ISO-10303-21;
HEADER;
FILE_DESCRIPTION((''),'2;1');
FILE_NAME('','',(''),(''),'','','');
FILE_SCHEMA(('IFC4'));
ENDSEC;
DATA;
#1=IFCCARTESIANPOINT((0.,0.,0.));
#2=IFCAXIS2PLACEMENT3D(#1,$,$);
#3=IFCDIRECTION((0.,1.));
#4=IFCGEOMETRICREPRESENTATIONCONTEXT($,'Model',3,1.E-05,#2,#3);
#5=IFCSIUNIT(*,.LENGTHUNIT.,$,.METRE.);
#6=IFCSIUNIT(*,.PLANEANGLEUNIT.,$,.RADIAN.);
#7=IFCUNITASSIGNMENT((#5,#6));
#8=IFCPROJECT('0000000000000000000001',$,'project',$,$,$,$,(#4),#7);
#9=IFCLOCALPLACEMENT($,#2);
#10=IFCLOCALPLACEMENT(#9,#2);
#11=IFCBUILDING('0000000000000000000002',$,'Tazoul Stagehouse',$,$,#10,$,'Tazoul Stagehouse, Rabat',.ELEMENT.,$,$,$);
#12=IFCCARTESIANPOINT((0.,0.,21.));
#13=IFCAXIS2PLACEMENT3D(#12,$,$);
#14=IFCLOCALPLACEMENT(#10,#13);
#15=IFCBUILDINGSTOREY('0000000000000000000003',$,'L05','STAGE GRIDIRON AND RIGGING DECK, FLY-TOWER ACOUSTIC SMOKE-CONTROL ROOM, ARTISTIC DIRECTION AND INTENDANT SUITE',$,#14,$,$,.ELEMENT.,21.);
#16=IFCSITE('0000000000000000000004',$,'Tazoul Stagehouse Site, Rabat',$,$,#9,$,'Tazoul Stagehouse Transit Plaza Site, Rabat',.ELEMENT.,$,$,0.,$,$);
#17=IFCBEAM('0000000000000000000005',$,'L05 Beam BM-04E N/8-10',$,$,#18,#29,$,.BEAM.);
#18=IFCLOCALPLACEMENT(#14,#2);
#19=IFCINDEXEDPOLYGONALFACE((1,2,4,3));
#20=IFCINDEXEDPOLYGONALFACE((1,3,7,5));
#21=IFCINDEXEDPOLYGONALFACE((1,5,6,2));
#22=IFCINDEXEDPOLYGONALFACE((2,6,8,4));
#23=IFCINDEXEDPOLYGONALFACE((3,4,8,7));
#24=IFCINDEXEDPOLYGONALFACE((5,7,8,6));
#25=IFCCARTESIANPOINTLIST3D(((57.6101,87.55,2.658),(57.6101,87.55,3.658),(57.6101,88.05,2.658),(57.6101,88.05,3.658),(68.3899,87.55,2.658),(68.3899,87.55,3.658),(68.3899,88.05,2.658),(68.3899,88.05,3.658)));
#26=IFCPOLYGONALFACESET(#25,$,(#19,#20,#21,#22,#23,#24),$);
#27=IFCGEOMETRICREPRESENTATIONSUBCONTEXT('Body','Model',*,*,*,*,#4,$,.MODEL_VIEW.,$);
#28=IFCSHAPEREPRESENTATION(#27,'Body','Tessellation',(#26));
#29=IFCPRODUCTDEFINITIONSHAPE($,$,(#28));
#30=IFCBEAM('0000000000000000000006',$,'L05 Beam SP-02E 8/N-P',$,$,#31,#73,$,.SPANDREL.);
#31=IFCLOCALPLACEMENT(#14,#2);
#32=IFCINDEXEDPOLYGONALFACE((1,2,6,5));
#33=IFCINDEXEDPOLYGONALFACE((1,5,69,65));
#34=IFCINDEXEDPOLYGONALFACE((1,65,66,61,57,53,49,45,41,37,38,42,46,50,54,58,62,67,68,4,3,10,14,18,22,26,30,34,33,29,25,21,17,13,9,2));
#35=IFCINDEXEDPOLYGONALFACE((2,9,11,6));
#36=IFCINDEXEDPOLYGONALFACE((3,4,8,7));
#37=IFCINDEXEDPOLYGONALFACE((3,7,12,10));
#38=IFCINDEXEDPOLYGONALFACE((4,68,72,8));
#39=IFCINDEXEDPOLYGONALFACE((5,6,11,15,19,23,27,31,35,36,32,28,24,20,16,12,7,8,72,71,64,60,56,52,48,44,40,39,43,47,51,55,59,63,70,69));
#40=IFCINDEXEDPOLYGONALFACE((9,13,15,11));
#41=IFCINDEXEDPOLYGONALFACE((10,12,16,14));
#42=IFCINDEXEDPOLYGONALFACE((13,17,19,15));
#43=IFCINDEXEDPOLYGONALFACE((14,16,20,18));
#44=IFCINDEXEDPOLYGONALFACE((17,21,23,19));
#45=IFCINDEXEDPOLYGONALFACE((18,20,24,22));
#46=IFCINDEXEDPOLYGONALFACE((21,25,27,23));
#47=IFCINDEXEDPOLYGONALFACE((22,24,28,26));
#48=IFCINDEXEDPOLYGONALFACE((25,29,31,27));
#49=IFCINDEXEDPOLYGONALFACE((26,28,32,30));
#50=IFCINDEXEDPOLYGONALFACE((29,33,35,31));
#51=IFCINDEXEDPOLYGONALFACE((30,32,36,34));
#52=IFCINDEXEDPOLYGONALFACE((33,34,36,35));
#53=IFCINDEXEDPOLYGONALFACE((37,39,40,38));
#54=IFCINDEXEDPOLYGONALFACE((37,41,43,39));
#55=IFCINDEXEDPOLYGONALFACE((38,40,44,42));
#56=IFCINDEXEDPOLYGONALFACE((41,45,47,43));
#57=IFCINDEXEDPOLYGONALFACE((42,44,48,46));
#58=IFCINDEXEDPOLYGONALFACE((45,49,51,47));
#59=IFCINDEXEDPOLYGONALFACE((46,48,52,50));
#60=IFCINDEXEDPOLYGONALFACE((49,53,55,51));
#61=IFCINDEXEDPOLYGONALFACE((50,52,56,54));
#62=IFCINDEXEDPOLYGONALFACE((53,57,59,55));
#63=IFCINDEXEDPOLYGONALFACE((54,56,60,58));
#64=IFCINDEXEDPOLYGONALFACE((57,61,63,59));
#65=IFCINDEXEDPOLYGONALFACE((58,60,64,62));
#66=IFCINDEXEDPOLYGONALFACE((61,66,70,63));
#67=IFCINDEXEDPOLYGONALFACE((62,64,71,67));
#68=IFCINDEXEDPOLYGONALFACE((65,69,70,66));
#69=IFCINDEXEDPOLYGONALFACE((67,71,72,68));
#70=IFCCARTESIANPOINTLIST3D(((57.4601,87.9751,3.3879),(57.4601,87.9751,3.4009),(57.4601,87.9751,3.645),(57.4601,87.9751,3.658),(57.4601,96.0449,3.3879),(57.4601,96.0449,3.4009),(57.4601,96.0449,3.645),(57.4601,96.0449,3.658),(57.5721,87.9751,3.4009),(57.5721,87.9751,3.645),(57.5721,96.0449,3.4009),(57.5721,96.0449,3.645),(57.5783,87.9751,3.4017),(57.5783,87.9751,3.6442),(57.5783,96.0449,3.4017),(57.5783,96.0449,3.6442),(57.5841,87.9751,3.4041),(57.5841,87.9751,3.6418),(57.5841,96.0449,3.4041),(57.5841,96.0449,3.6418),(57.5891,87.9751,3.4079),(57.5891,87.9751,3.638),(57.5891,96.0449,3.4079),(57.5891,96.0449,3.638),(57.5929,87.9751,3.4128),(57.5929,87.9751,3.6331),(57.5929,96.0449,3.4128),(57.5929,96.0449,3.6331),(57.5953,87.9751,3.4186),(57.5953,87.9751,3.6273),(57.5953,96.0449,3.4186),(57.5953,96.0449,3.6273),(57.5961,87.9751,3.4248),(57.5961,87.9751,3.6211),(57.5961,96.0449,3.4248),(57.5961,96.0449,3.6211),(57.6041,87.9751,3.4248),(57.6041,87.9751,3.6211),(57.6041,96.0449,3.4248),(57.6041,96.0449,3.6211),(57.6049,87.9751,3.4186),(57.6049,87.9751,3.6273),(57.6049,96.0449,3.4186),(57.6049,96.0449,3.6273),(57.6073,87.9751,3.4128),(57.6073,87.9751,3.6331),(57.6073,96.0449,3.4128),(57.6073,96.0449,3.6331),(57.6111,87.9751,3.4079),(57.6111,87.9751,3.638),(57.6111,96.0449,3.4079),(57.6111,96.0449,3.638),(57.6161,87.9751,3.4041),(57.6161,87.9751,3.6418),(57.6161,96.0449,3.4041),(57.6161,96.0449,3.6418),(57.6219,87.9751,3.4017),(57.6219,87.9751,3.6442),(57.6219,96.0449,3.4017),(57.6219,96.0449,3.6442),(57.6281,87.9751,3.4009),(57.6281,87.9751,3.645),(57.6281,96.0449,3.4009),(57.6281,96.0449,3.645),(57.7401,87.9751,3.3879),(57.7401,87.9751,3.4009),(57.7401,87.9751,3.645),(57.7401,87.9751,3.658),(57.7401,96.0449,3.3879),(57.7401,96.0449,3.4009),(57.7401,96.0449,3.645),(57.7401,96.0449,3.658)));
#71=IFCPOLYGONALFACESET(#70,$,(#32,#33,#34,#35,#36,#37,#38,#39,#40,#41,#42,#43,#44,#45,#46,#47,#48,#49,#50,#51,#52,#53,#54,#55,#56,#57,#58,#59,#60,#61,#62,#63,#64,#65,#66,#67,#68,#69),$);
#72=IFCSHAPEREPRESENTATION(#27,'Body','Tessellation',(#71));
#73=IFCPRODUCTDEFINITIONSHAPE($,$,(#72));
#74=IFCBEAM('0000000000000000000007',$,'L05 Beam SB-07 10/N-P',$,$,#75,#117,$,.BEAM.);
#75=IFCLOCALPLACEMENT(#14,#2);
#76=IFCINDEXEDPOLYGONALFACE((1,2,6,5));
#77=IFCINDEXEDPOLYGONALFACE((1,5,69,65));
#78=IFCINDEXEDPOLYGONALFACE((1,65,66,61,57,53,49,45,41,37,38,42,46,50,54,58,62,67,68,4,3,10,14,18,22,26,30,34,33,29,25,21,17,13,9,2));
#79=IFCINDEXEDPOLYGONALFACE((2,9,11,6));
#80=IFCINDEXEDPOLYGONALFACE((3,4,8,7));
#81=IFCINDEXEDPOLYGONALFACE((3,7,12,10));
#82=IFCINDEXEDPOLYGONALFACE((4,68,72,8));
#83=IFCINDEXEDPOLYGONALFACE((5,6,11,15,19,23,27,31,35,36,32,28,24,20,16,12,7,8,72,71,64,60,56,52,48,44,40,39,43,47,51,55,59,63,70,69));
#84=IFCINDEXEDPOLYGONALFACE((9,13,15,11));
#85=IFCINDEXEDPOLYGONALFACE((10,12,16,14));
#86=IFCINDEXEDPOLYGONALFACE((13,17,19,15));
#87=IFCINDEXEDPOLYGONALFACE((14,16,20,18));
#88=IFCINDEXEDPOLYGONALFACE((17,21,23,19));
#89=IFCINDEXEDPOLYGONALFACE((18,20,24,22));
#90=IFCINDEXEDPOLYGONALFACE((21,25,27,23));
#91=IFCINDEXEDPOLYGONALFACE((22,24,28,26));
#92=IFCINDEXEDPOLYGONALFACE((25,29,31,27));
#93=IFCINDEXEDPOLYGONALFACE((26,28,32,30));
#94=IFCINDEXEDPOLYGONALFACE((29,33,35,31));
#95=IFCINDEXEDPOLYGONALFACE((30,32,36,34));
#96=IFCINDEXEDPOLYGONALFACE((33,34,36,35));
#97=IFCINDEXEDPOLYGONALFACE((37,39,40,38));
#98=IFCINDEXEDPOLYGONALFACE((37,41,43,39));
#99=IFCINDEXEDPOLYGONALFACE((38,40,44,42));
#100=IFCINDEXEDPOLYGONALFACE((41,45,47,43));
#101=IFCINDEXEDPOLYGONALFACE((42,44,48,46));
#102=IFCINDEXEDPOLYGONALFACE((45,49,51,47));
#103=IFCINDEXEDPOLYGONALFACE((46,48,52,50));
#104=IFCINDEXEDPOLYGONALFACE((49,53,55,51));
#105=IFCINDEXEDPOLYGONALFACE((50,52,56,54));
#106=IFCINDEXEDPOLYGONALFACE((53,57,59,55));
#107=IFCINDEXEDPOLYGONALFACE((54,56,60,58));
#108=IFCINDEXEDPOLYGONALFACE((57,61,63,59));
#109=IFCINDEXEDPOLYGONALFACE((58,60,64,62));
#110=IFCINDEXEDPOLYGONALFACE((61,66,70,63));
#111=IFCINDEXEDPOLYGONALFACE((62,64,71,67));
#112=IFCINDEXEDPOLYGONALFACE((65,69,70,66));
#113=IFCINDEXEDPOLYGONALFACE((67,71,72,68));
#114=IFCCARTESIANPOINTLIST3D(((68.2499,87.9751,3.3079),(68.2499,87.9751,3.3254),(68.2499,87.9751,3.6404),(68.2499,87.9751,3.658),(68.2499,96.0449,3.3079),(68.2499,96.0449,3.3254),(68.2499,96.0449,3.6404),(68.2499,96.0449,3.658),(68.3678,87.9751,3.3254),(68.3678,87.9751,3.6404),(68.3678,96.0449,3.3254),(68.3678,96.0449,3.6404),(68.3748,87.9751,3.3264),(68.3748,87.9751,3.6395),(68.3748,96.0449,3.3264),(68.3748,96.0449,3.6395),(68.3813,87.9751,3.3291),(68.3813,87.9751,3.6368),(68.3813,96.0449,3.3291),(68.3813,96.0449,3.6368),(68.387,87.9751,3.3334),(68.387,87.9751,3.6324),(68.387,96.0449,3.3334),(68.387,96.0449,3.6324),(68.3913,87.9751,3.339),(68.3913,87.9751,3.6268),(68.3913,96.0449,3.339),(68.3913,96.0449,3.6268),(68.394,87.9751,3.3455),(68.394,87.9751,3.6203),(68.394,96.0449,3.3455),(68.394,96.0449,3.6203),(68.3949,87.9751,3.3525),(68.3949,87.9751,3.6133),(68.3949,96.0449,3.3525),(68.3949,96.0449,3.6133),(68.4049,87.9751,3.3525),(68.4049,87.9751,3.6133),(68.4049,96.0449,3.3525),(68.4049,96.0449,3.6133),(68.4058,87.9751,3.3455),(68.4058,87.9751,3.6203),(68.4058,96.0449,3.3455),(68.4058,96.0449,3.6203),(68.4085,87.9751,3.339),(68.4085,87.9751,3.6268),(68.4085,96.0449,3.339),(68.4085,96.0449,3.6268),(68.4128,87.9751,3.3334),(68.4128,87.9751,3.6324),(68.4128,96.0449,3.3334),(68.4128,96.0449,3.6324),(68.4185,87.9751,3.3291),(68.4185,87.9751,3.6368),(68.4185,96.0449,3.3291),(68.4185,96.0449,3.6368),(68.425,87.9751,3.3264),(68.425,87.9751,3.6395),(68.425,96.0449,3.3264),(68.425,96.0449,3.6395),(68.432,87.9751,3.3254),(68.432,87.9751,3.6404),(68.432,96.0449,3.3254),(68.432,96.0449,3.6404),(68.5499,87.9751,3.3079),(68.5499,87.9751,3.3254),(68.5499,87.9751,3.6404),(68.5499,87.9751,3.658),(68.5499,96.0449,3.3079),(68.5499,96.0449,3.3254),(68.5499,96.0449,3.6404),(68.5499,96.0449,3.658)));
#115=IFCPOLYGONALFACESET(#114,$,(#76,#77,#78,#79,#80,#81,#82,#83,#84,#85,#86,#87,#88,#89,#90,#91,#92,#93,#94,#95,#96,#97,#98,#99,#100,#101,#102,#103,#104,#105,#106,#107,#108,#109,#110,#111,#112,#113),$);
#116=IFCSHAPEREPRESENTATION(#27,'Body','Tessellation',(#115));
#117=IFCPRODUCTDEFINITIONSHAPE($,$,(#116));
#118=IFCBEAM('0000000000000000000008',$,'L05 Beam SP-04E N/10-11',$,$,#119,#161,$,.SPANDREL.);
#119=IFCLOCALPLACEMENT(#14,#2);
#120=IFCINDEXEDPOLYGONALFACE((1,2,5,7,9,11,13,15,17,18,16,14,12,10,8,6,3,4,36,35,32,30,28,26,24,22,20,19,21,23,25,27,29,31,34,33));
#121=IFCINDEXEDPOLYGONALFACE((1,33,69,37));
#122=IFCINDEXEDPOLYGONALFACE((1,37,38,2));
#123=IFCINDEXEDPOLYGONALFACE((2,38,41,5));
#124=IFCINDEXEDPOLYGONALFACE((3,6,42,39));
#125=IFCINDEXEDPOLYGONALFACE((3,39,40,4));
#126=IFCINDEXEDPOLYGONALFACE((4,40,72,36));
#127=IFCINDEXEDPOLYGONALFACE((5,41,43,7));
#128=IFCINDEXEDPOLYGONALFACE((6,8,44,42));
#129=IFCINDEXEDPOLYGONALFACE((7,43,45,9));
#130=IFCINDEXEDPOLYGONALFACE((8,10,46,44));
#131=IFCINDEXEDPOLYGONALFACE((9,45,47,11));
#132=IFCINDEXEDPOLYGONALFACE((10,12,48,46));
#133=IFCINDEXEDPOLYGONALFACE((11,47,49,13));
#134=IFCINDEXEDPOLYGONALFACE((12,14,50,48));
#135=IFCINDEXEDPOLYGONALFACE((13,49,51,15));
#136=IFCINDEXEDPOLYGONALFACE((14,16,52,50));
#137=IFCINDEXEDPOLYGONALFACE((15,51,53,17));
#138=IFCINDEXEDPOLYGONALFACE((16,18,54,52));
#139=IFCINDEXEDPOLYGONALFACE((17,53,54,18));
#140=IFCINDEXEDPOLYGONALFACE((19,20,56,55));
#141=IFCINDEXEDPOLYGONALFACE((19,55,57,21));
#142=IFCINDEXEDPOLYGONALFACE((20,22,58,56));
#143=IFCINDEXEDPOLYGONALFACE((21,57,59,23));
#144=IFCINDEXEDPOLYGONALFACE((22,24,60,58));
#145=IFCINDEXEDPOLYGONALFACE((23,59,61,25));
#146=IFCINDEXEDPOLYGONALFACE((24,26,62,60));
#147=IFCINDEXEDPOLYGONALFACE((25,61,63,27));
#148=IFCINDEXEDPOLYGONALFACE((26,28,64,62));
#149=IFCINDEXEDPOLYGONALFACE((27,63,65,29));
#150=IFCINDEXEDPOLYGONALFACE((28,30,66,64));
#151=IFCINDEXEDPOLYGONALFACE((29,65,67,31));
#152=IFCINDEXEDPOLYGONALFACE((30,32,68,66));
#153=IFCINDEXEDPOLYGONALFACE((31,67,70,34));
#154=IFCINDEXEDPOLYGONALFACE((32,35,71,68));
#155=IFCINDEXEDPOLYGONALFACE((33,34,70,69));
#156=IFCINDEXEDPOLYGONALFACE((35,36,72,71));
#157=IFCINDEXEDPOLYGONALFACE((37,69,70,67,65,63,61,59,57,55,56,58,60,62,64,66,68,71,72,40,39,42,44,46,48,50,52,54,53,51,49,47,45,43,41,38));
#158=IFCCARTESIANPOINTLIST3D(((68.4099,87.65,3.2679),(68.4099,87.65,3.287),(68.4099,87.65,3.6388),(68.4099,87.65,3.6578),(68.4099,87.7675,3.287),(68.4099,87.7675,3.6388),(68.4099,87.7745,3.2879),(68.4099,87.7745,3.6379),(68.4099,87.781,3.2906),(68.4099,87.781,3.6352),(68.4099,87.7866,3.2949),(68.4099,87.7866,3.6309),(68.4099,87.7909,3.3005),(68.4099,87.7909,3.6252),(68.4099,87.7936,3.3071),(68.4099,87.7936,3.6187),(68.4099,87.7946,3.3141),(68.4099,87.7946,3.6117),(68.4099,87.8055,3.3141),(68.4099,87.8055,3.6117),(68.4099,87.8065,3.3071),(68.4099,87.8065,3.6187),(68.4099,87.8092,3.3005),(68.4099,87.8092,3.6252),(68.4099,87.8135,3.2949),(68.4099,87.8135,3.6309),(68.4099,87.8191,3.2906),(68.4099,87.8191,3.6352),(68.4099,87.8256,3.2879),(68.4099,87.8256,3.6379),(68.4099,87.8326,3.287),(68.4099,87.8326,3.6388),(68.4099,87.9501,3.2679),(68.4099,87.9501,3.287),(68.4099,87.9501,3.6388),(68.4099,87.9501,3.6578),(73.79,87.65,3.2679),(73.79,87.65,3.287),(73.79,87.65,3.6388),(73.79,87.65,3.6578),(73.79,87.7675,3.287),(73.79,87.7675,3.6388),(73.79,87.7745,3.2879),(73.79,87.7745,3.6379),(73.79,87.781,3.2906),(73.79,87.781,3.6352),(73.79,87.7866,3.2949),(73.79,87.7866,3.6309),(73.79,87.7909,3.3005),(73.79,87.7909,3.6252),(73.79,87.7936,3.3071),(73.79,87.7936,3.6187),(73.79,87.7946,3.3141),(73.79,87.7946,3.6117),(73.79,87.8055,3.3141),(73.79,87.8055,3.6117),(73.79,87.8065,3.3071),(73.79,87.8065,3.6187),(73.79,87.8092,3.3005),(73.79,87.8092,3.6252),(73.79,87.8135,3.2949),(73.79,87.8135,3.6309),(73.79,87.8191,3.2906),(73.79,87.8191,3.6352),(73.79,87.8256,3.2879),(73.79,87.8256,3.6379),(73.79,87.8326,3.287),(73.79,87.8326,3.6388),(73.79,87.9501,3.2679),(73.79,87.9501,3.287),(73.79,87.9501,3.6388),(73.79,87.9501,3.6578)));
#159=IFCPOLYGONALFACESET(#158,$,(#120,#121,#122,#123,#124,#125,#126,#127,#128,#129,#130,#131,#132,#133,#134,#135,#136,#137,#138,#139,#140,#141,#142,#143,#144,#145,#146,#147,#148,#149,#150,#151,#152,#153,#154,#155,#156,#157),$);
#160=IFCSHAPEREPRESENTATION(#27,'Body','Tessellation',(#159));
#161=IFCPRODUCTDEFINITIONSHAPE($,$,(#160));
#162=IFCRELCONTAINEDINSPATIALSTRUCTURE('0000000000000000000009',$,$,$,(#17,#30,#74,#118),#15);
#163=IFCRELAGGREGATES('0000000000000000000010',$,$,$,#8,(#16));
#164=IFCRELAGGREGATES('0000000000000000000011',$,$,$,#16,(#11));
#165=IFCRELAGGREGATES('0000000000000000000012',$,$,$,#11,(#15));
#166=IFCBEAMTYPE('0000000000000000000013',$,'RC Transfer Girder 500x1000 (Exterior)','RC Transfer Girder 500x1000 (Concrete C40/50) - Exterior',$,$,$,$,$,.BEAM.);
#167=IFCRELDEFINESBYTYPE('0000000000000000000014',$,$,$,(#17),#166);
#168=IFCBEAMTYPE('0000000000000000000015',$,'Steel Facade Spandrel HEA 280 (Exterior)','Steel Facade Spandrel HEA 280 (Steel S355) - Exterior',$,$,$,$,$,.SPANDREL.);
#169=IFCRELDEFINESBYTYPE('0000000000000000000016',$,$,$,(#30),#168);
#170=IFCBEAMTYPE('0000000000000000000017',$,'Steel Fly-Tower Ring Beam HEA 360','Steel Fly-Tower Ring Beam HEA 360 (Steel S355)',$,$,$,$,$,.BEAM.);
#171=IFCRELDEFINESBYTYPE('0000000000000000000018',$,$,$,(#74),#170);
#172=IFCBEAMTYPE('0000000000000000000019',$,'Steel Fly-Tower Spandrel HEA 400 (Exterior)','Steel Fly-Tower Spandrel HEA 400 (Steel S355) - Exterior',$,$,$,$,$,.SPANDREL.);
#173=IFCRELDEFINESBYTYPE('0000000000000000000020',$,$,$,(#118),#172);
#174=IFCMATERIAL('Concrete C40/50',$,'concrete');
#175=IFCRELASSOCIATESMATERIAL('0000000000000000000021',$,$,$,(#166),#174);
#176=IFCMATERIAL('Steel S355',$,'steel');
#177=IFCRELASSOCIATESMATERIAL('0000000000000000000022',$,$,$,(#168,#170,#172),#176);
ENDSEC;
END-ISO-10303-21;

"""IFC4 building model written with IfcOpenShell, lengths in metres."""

from ifc_helpers import new_model, si_unit, direction, frame, origin, origin_2d, place, context, subcontext, project, spatial, rectangle, i_section, extrude, material, material_profile, profile_set, type_object, element, save


model = new_model("IFC4")

# Units and contexts
model_context = context("Model", 3, precision=1e-05, world=origin(), true_north=direction((0.0, 1.0)))
body_context = subcontext(model_context, "Body", "Model", "MODEL_VIEW")
ifc_project = project(units=[si_unit("LENGTHUNIT", "METRE"), si_unit("PLANEANGLEUNIT", "RADIAN")], contexts=[model_context])

# Site, building, storey
site_placement = place(None, origin())
site = spatial("IfcSite", under=ifc_project, at=site_placement, Name="Tazoul Stagehouse Site, Rabat", LongName="Tazoul Stagehouse Transit Plaza Site, Rabat", CompositionType="ELEMENT", RefElevation=0.0)
building_placement = place(site_placement, origin())
building = spatial("IfcBuilding", under=site, at=building_placement, Name="Tazoul Stagehouse", LongName="Tazoul Stagehouse, Rabat", CompositionType="ELEMENT")
storey_placement = place(building_placement, frame((0.0, 0.0, 21.0)))
storey = spatial("IfcBuildingStorey", under=building, at=storey_placement, Name="L05", Description="STAGE GRIDIRON AND RIGGING DECK, FLY-TOWER ACOUSTIC SMOKE-CONTROL ROOM, ARTISTIC DIRECTION AND INTENDANT SUITE", CompositionType="ELEMENT", Elevation=21.0)

# Shared definitions
ifc_material_1 = material(Name="Steel S355", Category="steel")

# Beams
ifc_material_2 = material(Name="Concrete C40/50", Category="concrete")
ifc_material_profile_1 = material_profile(ifc_material_2, rectangle(XDim=0.5, YDim=1.0, at=origin_2d()), Name="RC 500x1000")
ifc_profile_set_1 = profile_set([ifc_material_profile_1], Name="Concrete C40/50")
beam_type_1 = type_object("IfcBeamType", Name="RC Transfer Girder 500x1000 (Exterior)", Description="RC Transfer Girder 500x1000 (Concrete C40/50) - Exterior", PredefinedType="BEAM", material=ifc_profile_set_1)
beam_1_placement = place(storey_placement, frame((57.6101, 87.8, 3.158), z_axis=(1.0, 0.0, 0.0), x_axis=(0.0, 1.0, 0.0)))
element("IfcBeam", 1, at=beam_1_placement, inside=storey, type_object=beam_type_1, Name="L05 Beam BM-04E N/8-10", PredefinedType="BEAM", context=body_context, shape_type="SweptSolid", body=[
    extrude(rectangle(XDim=0.5, YDim=1.0, at=origin_2d()), origin(), (0.0, 0.0, 1.0), 10.7798),
])
ifc_material_profile_2 = material_profile(ifc_material_1, i_section(OverallWidth=0.28, OverallDepth=0.27, WebThickness=0.0081, FlangeThickness=0.0129, FilletRadius=0.0239, at=origin_2d()), Name="HEA 280")
ifc_profile_set_2 = profile_set([ifc_material_profile_2], Name="Steel S355")
beam_type_2 = type_object("IfcBeamType", Name="Steel Facade Spandrel HEA 280 (Exterior)", Description="Steel Facade Spandrel HEA 280 (Steel S355) - Exterior", PredefinedType="SPANDREL", material=ifc_profile_set_2)
beam_2_placement = place(storey_placement, frame((57.6001, 87.9751, 3.5229), z_axis=(0.0, 1.0, 0.0), x_axis=(-1.0, 0.0, 0.0)))
element("IfcBeam", 2, at=beam_2_placement, inside=storey, type_object=beam_type_2, Name="L05 Beam SP-02E 8/N-P", PredefinedType="SPANDREL", context=body_context, shape_type="SweptSolid", body=[
    extrude(i_section(OverallWidth=0.28, OverallDepth=0.27, WebThickness=0.0081, FlangeThickness=0.0129, FilletRadius=0.0239, at=origin_2d()), origin(), (0.0, 0.0, 1.0), 8.0698),
])
ifc_material_profile_3 = material_profile(ifc_material_1, i_section(OverallWidth=0.3, OverallDepth=0.3501, WebThickness=0.01, FlangeThickness=0.0176, FilletRadius=0.0271, at=origin_2d()), Name="HEA 360")
ifc_profile_set_3 = profile_set([ifc_material_profile_3], Name="Steel S355")
beam_type_3 = type_object("IfcBeamType", Name="Steel Fly-Tower Ring Beam HEA 360", Description="Steel Fly-Tower Ring Beam HEA 360 (Steel S355)", PredefinedType="BEAM", material=ifc_profile_set_3)
beam_3_placement = place(storey_placement, frame((68.3999, 87.9751, 3.4829), z_axis=(0.0, 1.0, 0.0), x_axis=(-1.0, 0.0, 0.0)))
element("IfcBeam", 3, at=beam_3_placement, inside=storey, type_object=beam_type_3, Name="L05 Beam SB-07 10/N-P", PredefinedType="BEAM", context=body_context, shape_type="SweptSolid", body=[
    extrude(i_section(OverallWidth=0.3, OverallDepth=0.3501, WebThickness=0.01, FlangeThickness=0.0176, FilletRadius=0.0271, at=origin_2d()), origin(), (0.0, 0.0, 1.0), 8.0698),
])
ifc_material_profile_4 = material_profile(ifc_material_1, i_section(OverallWidth=0.3, OverallDepth=0.3899, WebThickness=0.011, FlangeThickness=0.019, FilletRadius=0.0271, at=origin_2d()), Name="HEA 400")
ifc_profile_set_4 = profile_set([ifc_material_profile_4], Name="Steel S355")
beam_type_4 = type_object("IfcBeamType", Name="Steel Fly-Tower Spandrel HEA 400 (Exterior)", Description="Steel Fly-Tower Spandrel HEA 400 (Steel S355) - Exterior", PredefinedType="SPANDREL", material=ifc_profile_set_4)
beam_4_placement = place(storey_placement, frame((68.4099, 87.8, 3.4629), z_axis=(1.0, 0.0, 0.0), x_axis=(0.0, 1.0, 0.0)))
element("IfcBeam", 4, at=beam_4_placement, inside=storey, type_object=beam_type_4, Name="L05 Beam SP-04E N/10-11", PredefinedType="SPANDREL", context=body_context, shape_type="SweptSolid", body=[
    extrude(i_section(OverallWidth=0.3, OverallDepth=0.3899, WebThickness=0.011, FlangeThickness=0.019, FilletRadius=0.0271, at=origin_2d()), origin(), (0.0, 0.0, 1.0), 5.3801),
])

save(model, "model.ifc")
